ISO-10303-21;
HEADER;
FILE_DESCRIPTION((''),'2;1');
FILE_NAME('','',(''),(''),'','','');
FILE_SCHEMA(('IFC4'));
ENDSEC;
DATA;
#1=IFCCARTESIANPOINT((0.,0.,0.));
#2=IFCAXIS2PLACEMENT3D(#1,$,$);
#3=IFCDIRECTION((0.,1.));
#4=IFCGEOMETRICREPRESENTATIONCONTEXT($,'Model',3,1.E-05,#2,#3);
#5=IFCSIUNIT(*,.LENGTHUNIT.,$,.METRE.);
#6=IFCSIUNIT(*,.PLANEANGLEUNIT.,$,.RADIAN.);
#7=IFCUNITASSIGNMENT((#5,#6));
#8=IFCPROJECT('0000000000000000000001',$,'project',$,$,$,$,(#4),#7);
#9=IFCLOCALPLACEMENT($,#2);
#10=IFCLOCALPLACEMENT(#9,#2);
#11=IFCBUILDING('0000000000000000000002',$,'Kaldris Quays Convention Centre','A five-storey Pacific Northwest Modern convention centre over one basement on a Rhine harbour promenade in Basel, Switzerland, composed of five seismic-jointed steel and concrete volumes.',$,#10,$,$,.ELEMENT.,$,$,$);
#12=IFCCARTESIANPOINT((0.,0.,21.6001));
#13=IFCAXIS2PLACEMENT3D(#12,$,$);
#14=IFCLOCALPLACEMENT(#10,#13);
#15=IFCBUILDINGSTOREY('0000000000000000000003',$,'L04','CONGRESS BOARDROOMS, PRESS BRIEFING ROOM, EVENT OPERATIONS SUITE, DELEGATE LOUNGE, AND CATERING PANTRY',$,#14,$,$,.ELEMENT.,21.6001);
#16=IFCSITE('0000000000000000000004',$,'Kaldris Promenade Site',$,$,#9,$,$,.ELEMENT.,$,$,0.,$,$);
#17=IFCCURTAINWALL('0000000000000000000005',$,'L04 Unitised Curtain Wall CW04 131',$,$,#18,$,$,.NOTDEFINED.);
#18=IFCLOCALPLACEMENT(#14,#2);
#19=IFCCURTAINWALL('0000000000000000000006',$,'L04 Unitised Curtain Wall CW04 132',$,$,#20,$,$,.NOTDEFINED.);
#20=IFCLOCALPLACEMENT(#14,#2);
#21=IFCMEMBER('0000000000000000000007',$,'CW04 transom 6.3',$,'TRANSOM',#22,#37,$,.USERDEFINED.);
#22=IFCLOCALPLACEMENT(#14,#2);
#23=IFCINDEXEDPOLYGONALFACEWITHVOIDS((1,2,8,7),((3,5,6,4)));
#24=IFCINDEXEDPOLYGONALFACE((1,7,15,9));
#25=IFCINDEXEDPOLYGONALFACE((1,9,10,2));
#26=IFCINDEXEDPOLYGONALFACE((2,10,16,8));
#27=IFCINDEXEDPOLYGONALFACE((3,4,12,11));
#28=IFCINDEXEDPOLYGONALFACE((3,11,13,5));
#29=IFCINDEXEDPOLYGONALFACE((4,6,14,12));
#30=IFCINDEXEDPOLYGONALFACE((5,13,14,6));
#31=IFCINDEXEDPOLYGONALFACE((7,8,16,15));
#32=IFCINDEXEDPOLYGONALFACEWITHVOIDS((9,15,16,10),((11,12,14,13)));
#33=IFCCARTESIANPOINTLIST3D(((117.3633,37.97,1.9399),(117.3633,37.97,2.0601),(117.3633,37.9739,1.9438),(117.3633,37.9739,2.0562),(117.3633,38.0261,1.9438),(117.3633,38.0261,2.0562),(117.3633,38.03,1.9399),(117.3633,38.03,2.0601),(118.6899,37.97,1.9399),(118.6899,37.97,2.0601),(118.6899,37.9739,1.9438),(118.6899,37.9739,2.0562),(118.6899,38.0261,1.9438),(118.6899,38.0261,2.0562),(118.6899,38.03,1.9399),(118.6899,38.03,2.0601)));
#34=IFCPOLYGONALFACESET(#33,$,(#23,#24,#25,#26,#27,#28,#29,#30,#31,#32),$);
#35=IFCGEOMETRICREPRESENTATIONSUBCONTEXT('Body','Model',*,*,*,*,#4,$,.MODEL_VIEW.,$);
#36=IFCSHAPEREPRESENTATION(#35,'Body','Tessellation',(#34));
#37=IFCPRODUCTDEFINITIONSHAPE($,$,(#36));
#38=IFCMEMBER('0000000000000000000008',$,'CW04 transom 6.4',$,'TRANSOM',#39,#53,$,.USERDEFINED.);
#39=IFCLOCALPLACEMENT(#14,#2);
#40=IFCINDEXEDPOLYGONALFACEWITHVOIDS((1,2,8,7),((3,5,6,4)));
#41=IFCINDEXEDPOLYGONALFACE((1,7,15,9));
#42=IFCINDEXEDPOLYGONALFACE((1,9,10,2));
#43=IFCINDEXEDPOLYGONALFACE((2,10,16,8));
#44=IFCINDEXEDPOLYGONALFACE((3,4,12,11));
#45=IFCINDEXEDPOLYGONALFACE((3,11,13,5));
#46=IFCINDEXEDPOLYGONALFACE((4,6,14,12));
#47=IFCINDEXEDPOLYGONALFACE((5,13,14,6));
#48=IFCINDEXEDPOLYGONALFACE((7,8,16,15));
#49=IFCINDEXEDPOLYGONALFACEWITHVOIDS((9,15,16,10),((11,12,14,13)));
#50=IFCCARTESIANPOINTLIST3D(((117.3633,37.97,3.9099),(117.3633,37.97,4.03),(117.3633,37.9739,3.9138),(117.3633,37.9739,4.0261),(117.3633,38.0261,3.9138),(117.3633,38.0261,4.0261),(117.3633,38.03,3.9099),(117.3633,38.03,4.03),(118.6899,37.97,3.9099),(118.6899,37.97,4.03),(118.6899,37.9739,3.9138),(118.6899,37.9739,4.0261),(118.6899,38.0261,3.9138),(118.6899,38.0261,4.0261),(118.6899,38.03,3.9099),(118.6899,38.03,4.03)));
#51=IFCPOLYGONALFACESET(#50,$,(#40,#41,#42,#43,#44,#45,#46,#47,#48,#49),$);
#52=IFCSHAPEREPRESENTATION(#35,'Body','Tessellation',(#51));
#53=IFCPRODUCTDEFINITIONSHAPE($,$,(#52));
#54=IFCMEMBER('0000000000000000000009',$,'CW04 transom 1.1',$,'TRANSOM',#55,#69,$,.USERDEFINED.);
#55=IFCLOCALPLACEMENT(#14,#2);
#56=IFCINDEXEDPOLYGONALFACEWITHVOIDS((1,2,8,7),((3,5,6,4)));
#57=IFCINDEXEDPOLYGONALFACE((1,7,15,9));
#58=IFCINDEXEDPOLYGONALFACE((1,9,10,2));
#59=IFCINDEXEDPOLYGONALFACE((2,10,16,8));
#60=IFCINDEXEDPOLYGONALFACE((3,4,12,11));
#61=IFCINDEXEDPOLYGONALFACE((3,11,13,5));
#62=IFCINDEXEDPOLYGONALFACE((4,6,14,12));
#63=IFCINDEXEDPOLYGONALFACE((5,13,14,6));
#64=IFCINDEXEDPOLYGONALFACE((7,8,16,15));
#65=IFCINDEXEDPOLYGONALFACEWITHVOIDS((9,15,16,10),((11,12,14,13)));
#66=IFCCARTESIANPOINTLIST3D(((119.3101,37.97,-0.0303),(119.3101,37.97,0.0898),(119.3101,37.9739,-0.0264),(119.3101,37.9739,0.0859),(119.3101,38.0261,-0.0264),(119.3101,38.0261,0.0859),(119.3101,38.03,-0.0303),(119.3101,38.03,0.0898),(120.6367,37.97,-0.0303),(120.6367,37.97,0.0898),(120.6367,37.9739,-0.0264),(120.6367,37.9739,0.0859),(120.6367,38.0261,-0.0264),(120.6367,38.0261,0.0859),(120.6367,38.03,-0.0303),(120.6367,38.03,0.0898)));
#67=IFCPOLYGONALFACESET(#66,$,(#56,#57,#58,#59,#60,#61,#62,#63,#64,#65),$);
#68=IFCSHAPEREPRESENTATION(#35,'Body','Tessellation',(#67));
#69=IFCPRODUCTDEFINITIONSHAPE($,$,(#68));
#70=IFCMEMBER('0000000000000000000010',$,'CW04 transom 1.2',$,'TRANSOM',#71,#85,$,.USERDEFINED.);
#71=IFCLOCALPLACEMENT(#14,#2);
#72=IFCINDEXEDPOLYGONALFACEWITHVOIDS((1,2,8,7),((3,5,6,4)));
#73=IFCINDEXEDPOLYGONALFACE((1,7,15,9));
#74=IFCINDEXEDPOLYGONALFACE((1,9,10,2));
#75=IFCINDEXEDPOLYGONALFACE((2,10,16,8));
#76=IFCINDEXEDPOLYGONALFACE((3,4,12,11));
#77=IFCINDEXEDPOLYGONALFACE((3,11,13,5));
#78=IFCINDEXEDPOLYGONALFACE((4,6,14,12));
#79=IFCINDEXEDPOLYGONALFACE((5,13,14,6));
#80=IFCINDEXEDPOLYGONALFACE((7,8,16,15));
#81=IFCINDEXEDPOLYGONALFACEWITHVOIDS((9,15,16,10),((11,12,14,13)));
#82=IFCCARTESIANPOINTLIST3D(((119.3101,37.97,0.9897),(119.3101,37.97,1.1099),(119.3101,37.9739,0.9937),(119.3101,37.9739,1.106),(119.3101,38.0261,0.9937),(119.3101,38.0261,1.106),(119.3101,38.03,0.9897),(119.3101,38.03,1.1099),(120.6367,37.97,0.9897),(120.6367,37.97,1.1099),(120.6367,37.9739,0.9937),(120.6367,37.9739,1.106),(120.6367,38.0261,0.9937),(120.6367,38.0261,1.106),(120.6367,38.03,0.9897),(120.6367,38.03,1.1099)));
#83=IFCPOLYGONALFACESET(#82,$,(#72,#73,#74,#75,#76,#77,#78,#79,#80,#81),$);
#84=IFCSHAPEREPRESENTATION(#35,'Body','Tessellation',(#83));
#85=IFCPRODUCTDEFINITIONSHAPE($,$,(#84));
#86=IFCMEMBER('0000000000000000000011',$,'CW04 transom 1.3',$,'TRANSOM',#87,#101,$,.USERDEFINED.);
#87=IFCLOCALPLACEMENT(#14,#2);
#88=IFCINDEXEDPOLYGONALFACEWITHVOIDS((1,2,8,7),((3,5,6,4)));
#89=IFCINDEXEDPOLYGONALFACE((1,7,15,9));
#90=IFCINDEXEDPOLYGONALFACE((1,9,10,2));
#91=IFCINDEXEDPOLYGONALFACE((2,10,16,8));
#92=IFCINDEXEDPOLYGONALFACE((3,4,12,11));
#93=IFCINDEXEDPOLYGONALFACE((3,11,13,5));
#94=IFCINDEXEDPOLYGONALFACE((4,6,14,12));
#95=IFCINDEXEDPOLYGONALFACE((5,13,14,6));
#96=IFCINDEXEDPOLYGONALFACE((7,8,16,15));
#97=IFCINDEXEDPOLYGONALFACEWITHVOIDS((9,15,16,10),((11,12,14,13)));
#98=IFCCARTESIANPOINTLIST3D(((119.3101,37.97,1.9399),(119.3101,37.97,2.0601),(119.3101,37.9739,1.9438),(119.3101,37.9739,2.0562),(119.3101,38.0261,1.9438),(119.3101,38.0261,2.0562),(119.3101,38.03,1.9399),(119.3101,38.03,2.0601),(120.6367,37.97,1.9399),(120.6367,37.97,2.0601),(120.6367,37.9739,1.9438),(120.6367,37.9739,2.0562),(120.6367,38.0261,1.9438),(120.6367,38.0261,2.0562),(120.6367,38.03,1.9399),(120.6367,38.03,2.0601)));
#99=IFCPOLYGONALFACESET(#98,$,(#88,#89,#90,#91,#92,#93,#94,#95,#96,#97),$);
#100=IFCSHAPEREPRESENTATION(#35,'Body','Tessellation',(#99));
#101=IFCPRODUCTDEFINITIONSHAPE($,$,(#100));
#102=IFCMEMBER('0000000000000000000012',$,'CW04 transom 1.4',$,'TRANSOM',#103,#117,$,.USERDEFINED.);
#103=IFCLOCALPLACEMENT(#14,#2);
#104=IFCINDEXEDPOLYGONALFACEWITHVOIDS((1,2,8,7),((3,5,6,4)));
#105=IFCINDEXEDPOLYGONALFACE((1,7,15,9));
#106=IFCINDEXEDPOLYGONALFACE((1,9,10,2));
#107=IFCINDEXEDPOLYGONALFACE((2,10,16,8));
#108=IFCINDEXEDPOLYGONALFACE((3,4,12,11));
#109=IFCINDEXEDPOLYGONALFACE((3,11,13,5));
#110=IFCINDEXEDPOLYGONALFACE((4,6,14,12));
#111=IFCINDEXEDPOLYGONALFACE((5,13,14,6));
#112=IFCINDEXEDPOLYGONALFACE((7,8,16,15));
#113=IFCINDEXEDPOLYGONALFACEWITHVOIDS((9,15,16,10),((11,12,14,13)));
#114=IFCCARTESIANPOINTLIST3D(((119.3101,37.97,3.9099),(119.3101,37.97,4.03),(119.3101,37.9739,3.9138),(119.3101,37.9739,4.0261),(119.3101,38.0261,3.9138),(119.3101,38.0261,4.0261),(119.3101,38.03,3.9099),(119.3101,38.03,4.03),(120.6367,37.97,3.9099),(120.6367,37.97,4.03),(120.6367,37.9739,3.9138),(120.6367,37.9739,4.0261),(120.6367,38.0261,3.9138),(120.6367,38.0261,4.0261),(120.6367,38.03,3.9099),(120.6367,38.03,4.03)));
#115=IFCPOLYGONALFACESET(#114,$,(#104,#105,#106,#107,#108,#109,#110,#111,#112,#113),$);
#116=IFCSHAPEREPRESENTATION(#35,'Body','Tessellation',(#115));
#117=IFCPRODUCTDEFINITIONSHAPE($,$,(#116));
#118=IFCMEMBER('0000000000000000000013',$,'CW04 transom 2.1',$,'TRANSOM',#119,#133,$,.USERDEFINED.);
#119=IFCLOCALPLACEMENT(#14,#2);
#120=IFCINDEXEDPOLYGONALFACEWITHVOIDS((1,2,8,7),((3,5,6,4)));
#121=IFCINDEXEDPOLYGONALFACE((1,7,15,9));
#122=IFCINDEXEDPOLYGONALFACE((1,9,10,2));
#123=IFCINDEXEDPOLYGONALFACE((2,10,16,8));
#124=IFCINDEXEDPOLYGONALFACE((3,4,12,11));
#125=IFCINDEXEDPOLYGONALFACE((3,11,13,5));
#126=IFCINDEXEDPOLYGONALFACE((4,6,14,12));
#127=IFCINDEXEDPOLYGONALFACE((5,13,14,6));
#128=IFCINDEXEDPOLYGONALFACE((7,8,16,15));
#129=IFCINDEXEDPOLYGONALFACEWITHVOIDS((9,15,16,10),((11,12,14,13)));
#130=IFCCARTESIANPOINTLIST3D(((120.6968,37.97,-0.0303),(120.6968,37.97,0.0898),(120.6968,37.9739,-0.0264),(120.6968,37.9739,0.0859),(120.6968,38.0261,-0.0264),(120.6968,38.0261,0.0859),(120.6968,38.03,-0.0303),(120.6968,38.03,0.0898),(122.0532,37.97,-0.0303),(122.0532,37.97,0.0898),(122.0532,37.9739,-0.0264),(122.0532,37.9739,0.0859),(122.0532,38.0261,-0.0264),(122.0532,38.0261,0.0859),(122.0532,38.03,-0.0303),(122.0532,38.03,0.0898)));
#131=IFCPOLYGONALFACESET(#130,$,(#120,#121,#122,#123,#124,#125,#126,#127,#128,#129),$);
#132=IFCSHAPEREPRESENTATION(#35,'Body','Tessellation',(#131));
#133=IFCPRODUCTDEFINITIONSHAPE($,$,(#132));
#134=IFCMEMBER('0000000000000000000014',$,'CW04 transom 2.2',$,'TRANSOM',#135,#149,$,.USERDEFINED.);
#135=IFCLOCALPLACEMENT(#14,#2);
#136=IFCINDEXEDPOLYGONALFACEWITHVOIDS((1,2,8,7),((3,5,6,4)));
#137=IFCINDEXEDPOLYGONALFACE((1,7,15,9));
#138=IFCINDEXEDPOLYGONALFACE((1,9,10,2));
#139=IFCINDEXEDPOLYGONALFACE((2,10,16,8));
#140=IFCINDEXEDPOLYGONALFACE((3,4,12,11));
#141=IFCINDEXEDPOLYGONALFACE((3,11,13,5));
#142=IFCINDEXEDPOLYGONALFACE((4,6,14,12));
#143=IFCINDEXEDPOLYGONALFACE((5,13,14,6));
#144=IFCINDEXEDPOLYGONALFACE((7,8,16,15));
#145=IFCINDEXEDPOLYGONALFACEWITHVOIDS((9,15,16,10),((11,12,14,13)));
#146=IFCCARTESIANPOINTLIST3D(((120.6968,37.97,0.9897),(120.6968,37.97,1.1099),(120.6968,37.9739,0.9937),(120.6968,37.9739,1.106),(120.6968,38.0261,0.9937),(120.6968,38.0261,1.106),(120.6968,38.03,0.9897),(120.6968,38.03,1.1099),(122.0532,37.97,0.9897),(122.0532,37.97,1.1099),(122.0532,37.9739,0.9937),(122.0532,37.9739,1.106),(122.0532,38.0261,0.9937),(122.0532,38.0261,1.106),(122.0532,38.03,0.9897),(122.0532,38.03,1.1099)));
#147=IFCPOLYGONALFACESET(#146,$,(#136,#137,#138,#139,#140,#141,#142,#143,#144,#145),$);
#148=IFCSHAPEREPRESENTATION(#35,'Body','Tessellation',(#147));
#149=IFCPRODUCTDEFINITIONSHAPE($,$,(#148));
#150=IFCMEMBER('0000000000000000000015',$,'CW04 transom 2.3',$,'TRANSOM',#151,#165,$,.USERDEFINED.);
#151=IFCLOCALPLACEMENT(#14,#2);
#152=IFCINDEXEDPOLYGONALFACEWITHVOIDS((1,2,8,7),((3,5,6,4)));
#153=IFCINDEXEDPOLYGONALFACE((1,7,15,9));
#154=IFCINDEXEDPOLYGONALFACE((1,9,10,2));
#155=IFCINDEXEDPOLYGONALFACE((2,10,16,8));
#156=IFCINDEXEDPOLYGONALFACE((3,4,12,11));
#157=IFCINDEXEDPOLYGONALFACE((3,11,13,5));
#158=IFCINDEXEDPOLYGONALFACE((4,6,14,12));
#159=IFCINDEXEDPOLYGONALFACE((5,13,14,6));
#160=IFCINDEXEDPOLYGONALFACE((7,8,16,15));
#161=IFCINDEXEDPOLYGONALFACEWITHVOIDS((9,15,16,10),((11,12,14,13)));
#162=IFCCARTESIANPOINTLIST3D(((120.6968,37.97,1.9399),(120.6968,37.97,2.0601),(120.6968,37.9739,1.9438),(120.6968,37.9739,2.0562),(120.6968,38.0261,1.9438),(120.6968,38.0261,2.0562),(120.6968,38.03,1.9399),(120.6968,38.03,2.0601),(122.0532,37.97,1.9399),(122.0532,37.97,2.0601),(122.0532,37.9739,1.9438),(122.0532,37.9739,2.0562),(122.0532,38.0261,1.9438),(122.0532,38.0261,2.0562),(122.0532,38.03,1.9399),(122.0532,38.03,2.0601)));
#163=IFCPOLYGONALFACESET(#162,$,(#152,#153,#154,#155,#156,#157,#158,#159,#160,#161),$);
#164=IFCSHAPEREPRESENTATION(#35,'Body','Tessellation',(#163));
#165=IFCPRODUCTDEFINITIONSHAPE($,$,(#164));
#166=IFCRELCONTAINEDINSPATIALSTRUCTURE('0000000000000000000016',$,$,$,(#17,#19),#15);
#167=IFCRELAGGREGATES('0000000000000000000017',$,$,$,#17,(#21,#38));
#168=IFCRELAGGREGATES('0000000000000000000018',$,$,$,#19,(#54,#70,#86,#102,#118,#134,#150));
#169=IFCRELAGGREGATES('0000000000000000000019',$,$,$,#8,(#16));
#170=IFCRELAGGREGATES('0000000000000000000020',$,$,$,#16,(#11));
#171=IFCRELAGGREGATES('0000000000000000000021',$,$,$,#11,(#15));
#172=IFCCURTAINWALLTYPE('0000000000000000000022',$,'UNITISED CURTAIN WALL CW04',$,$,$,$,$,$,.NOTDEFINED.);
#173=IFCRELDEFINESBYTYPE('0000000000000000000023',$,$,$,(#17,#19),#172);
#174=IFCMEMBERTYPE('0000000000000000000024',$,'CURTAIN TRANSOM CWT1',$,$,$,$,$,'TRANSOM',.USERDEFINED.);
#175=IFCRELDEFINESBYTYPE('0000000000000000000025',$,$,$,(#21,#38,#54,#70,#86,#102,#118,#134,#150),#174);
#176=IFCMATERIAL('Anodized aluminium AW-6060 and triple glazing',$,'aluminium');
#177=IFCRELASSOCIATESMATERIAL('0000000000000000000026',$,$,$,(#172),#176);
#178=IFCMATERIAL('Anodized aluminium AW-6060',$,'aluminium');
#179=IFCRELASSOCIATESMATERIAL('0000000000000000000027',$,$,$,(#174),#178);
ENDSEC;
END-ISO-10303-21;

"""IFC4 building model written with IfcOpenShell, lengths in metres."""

from ifc_helpers import new_model, si_unit, direction, frame, origin, origin_2d, place, context, subcontext, project, spatial, hollow_rectangle, extrude, material, material_profile, profile_set, type_object, element, aggregate, save


model = new_model("IFC4")

# Units and contexts
model_context = context("Model", 3, precision=1e-05, world=origin(), true_north=direction((0.0, 1.0)))
body_context = subcontext(model_context, "Body", "Model", "MODEL_VIEW")
ifc_project = project(units=[si_unit("LENGTHUNIT", "METRE"), si_unit("PLANEANGLEUNIT", "RADIAN")], contexts=[model_context])

# Site, building, storey
site_placement = place(None, origin())
site = spatial("IfcSite", under=ifc_project, at=site_placement, Name="Kaldris Promenade Site", CompositionType="ELEMENT", RefElevation=0.0)
building_placement = place(site_placement, origin())
building = spatial("IfcBuilding", under=site, at=building_placement, Name="Kaldris Quays Convention Centre", Description="A five-storey Pacific Northwest Modern convention centre over one basement on a Rhine harbour promenade in Basel, Switzerland, composed of five seismic-jointed steel and concrete volumes.", CompositionType="ELEMENT")
storey_placement = place(building_placement, frame((0.0, 0.0, 21.6001)))
storey = spatial("IfcBuildingStorey", under=building, at=storey_placement, Name="L04", Description="CONGRESS BOARDROOMS, PRESS BRIEFING ROOM, EVENT OPERATIONS SUITE, DELEGATE LOUNGE, AND CATERING PANTRY", CompositionType="ELEMENT", Elevation=21.6001)

# Curtain walls
ifc_material_1 = material(Name="Anodized aluminium AW-6060 and triple glazing", Category="aluminium")
curtain_wall_type = type_object("IfcCurtainWallType", Name="UNITISED CURTAIN WALL CW04", PredefinedType="NOTDEFINED", material=ifc_material_1)
curtain_wall_1_placement = place(storey_placement, origin())
curtain_wall_1 = element("IfcCurtainWall", 1, at=curtain_wall_1_placement, inside=storey, type_object=curtain_wall_type, Name="L04 Unitised Curtain Wall CW04 131", PredefinedType="NOTDEFINED")
ifc_material_2 = material(Name="Anodized aluminium AW-6060", Category="aluminium")
curtain_wall_2_placement = place(storey_placement, origin())
curtain_wall_2 = element("IfcCurtainWall", 2, at=curtain_wall_2_placement, inside=storey, type_object=curtain_wall_type, Name="L04 Unitised Curtain Wall CW04 132", PredefinedType="NOTDEFINED")

# Members
ifc_material_profile_1 = material_profile(ifc_material_2, hollow_rectangle(XDim=0.0601, YDim=0.1201, WallThickness=0.0039, at=origin_2d()), Name="RHS 120x60x4")
ifc_profile_set_1 = profile_set([ifc_material_profile_1], Name="Anodized aluminium AW-6060")
member_type_1 = type_object("IfcMemberType", Name="CURTAIN TRANSOM CWT1", ElementType="TRANSOM", PredefinedType="USERDEFINED", material=ifc_profile_set_1)
member_1_placement = place(storey_placement, frame((117.3633, 38.0, 2.0), z_axis=(1.0, 0.0, 0.0), x_axis=(0.0, 1.0, 0.0)))
member_1 = element("IfcMember", 3, at=member_1_placement, type_object=member_type_1, Name="CW04 transom 6.3", ObjectType="TRANSOM", PredefinedType="USERDEFINED", context=body_context, shape_type="SweptSolid", body=[
    extrude(hollow_rectangle(XDim=0.0601, YDim=0.1201, WallThickness=0.0039, at=origin_2d()), origin(), (0.0, 0.0, 1.0), 1.3267),
])
member_2_placement = place(storey_placement, frame((117.3633, 38.0, 3.97), z_axis=(1.0, 0.0, 0.0), x_axis=(0.0, 1.0, 0.0)))
member_2 = element("IfcMember", 4, at=member_2_placement, type_object=member_type_1, Name="CW04 transom 6.4", ObjectType="TRANSOM", PredefinedType="USERDEFINED", context=body_context, shape_type="SweptSolid", body=[
    extrude(hollow_rectangle(XDim=0.0601, YDim=0.1201, WallThickness=0.0039, at=origin_2d()), origin(), (0.0, 0.0, 1.0), 1.3267),
])
member_3_placement = place(storey_placement, frame((119.3101, 38.0, 0.0298), z_axis=(1.0, 0.0, 0.0), x_axis=(0.0, 1.0, 0.0)))
member_3 = element("IfcMember", 5, at=member_3_placement, type_object=member_type_1, Name="CW04 transom 1.1", ObjectType="TRANSOM", PredefinedType="USERDEFINED", context=body_context, shape_type="SweptSolid", body=[
    extrude(hollow_rectangle(XDim=0.0601, YDim=0.1201, WallThickness=0.0039, at=origin_2d()), origin(), (0.0, 0.0, 1.0), 1.3267),
])
member_4_placement = place(storey_placement, frame((119.3101, 38.0, 1.0498), z_axis=(1.0, 0.0, 0.0), x_axis=(0.0, 1.0, 0.0)))
member_4 = element("IfcMember", 6, at=member_4_placement, type_object=member_type_1, Name="CW04 transom 1.2", ObjectType="TRANSOM", PredefinedType="USERDEFINED", context=body_context, shape_type="SweptSolid", body=[
    extrude(hollow_rectangle(XDim=0.0601, YDim=0.1201, WallThickness=0.0039, at=origin_2d()), origin(), (0.0, 0.0, 1.0), 1.3267),
])
member_5_placement = place(storey_placement, frame((119.3101, 38.0, 2.0), z_axis=(1.0, 0.0, 0.0), x_axis=(0.0, 1.0, 0.0)))
member_5 = element("IfcMember", 7, at=member_5_placement, type_object=member_type_1, Name="CW04 transom 1.3", ObjectType="TRANSOM", PredefinedType="USERDEFINED", context=body_context, shape_type="SweptSolid", body=[
    extrude(hollow_rectangle(XDim=0.0601, YDim=0.1201, WallThickness=0.0039, at=origin_2d()), origin(), (0.0, 0.0, 1.0), 1.3267),
])
member_6_placement = place(storey_placement, frame((119.3101, 38.0, 3.97), z_axis=(1.0, 0.0, 0.0), x_axis=(0.0, 1.0, 0.0)))
member_6 = element("IfcMember", 8, at=member_6_placement, type_object=member_type_1, Name="CW04 transom 1.4", ObjectType="TRANSOM", PredefinedType="USERDEFINED", context=body_context, shape_type="SweptSolid", body=[
    extrude(hollow_rectangle(XDim=0.0601, YDim=0.1201, WallThickness=0.0039, at=origin_2d()), origin(), (0.0, 0.0, 1.0), 1.3267),
])
member_7_placement = place(storey_placement, frame((120.6968, 38.0, 0.0298), z_axis=(1.0, 0.0, 0.0), x_axis=(0.0, 1.0, 0.0)))
member_7 = element("IfcMember", 9, at=member_7_placement, type_object=member_type_1, Name="CW04 transom 2.1", ObjectType="TRANSOM", PredefinedType="USERDEFINED", context=body_context, shape_type="SweptSolid", body=[
    extrude(hollow_rectangle(XDim=0.0601, YDim=0.1201, WallThickness=0.0039, at=origin_2d()), origin(), (0.0, 0.0, 1.0), 1.3564),
])
member_8_placement = place(storey_placement, frame((120.6968, 38.0, 1.0498), z_axis=(1.0, 0.0, 0.0), x_axis=(0.0, 1.0, 0.0)))
member_8 = element("IfcMember", 10, at=member_8_placement, type_object=member_type_1, Name="CW04 transom 2.2", ObjectType="TRANSOM", PredefinedType="USERDEFINED", context=body_context, shape_type="SweptSolid", body=[
    extrude(hollow_rectangle(XDim=0.0601, YDim=0.1201, WallThickness=0.0039, at=origin_2d()), origin(), (0.0, 0.0, 1.0), 1.3564),
])
member_9_placement = place(storey_placement, frame((120.6968, 38.0, 2.0), z_axis=(1.0, 0.0, 0.0), x_axis=(0.0, 1.0, 0.0)))
member_9 = element("IfcMember", 11, at=member_9_placement, type_object=member_type_1, Name="CW04 transom 2.3", ObjectType="TRANSOM", PredefinedType="USERDEFINED", context=body_context, shape_type="SweptSolid", body=[
    extrude(hollow_rectangle(XDim=0.0601, YDim=0.1201, WallThickness=0.0039, at=origin_2d()), origin(), (0.0, 0.0, 1.0), 1.3564),
])

aggregate(curtain_wall_1, [member_1, member_2])
aggregate(curtain_wall_2, [member_3, member_4, member_5, member_6, member_7, member_8, member_9])

save(model, "model.ifc")
